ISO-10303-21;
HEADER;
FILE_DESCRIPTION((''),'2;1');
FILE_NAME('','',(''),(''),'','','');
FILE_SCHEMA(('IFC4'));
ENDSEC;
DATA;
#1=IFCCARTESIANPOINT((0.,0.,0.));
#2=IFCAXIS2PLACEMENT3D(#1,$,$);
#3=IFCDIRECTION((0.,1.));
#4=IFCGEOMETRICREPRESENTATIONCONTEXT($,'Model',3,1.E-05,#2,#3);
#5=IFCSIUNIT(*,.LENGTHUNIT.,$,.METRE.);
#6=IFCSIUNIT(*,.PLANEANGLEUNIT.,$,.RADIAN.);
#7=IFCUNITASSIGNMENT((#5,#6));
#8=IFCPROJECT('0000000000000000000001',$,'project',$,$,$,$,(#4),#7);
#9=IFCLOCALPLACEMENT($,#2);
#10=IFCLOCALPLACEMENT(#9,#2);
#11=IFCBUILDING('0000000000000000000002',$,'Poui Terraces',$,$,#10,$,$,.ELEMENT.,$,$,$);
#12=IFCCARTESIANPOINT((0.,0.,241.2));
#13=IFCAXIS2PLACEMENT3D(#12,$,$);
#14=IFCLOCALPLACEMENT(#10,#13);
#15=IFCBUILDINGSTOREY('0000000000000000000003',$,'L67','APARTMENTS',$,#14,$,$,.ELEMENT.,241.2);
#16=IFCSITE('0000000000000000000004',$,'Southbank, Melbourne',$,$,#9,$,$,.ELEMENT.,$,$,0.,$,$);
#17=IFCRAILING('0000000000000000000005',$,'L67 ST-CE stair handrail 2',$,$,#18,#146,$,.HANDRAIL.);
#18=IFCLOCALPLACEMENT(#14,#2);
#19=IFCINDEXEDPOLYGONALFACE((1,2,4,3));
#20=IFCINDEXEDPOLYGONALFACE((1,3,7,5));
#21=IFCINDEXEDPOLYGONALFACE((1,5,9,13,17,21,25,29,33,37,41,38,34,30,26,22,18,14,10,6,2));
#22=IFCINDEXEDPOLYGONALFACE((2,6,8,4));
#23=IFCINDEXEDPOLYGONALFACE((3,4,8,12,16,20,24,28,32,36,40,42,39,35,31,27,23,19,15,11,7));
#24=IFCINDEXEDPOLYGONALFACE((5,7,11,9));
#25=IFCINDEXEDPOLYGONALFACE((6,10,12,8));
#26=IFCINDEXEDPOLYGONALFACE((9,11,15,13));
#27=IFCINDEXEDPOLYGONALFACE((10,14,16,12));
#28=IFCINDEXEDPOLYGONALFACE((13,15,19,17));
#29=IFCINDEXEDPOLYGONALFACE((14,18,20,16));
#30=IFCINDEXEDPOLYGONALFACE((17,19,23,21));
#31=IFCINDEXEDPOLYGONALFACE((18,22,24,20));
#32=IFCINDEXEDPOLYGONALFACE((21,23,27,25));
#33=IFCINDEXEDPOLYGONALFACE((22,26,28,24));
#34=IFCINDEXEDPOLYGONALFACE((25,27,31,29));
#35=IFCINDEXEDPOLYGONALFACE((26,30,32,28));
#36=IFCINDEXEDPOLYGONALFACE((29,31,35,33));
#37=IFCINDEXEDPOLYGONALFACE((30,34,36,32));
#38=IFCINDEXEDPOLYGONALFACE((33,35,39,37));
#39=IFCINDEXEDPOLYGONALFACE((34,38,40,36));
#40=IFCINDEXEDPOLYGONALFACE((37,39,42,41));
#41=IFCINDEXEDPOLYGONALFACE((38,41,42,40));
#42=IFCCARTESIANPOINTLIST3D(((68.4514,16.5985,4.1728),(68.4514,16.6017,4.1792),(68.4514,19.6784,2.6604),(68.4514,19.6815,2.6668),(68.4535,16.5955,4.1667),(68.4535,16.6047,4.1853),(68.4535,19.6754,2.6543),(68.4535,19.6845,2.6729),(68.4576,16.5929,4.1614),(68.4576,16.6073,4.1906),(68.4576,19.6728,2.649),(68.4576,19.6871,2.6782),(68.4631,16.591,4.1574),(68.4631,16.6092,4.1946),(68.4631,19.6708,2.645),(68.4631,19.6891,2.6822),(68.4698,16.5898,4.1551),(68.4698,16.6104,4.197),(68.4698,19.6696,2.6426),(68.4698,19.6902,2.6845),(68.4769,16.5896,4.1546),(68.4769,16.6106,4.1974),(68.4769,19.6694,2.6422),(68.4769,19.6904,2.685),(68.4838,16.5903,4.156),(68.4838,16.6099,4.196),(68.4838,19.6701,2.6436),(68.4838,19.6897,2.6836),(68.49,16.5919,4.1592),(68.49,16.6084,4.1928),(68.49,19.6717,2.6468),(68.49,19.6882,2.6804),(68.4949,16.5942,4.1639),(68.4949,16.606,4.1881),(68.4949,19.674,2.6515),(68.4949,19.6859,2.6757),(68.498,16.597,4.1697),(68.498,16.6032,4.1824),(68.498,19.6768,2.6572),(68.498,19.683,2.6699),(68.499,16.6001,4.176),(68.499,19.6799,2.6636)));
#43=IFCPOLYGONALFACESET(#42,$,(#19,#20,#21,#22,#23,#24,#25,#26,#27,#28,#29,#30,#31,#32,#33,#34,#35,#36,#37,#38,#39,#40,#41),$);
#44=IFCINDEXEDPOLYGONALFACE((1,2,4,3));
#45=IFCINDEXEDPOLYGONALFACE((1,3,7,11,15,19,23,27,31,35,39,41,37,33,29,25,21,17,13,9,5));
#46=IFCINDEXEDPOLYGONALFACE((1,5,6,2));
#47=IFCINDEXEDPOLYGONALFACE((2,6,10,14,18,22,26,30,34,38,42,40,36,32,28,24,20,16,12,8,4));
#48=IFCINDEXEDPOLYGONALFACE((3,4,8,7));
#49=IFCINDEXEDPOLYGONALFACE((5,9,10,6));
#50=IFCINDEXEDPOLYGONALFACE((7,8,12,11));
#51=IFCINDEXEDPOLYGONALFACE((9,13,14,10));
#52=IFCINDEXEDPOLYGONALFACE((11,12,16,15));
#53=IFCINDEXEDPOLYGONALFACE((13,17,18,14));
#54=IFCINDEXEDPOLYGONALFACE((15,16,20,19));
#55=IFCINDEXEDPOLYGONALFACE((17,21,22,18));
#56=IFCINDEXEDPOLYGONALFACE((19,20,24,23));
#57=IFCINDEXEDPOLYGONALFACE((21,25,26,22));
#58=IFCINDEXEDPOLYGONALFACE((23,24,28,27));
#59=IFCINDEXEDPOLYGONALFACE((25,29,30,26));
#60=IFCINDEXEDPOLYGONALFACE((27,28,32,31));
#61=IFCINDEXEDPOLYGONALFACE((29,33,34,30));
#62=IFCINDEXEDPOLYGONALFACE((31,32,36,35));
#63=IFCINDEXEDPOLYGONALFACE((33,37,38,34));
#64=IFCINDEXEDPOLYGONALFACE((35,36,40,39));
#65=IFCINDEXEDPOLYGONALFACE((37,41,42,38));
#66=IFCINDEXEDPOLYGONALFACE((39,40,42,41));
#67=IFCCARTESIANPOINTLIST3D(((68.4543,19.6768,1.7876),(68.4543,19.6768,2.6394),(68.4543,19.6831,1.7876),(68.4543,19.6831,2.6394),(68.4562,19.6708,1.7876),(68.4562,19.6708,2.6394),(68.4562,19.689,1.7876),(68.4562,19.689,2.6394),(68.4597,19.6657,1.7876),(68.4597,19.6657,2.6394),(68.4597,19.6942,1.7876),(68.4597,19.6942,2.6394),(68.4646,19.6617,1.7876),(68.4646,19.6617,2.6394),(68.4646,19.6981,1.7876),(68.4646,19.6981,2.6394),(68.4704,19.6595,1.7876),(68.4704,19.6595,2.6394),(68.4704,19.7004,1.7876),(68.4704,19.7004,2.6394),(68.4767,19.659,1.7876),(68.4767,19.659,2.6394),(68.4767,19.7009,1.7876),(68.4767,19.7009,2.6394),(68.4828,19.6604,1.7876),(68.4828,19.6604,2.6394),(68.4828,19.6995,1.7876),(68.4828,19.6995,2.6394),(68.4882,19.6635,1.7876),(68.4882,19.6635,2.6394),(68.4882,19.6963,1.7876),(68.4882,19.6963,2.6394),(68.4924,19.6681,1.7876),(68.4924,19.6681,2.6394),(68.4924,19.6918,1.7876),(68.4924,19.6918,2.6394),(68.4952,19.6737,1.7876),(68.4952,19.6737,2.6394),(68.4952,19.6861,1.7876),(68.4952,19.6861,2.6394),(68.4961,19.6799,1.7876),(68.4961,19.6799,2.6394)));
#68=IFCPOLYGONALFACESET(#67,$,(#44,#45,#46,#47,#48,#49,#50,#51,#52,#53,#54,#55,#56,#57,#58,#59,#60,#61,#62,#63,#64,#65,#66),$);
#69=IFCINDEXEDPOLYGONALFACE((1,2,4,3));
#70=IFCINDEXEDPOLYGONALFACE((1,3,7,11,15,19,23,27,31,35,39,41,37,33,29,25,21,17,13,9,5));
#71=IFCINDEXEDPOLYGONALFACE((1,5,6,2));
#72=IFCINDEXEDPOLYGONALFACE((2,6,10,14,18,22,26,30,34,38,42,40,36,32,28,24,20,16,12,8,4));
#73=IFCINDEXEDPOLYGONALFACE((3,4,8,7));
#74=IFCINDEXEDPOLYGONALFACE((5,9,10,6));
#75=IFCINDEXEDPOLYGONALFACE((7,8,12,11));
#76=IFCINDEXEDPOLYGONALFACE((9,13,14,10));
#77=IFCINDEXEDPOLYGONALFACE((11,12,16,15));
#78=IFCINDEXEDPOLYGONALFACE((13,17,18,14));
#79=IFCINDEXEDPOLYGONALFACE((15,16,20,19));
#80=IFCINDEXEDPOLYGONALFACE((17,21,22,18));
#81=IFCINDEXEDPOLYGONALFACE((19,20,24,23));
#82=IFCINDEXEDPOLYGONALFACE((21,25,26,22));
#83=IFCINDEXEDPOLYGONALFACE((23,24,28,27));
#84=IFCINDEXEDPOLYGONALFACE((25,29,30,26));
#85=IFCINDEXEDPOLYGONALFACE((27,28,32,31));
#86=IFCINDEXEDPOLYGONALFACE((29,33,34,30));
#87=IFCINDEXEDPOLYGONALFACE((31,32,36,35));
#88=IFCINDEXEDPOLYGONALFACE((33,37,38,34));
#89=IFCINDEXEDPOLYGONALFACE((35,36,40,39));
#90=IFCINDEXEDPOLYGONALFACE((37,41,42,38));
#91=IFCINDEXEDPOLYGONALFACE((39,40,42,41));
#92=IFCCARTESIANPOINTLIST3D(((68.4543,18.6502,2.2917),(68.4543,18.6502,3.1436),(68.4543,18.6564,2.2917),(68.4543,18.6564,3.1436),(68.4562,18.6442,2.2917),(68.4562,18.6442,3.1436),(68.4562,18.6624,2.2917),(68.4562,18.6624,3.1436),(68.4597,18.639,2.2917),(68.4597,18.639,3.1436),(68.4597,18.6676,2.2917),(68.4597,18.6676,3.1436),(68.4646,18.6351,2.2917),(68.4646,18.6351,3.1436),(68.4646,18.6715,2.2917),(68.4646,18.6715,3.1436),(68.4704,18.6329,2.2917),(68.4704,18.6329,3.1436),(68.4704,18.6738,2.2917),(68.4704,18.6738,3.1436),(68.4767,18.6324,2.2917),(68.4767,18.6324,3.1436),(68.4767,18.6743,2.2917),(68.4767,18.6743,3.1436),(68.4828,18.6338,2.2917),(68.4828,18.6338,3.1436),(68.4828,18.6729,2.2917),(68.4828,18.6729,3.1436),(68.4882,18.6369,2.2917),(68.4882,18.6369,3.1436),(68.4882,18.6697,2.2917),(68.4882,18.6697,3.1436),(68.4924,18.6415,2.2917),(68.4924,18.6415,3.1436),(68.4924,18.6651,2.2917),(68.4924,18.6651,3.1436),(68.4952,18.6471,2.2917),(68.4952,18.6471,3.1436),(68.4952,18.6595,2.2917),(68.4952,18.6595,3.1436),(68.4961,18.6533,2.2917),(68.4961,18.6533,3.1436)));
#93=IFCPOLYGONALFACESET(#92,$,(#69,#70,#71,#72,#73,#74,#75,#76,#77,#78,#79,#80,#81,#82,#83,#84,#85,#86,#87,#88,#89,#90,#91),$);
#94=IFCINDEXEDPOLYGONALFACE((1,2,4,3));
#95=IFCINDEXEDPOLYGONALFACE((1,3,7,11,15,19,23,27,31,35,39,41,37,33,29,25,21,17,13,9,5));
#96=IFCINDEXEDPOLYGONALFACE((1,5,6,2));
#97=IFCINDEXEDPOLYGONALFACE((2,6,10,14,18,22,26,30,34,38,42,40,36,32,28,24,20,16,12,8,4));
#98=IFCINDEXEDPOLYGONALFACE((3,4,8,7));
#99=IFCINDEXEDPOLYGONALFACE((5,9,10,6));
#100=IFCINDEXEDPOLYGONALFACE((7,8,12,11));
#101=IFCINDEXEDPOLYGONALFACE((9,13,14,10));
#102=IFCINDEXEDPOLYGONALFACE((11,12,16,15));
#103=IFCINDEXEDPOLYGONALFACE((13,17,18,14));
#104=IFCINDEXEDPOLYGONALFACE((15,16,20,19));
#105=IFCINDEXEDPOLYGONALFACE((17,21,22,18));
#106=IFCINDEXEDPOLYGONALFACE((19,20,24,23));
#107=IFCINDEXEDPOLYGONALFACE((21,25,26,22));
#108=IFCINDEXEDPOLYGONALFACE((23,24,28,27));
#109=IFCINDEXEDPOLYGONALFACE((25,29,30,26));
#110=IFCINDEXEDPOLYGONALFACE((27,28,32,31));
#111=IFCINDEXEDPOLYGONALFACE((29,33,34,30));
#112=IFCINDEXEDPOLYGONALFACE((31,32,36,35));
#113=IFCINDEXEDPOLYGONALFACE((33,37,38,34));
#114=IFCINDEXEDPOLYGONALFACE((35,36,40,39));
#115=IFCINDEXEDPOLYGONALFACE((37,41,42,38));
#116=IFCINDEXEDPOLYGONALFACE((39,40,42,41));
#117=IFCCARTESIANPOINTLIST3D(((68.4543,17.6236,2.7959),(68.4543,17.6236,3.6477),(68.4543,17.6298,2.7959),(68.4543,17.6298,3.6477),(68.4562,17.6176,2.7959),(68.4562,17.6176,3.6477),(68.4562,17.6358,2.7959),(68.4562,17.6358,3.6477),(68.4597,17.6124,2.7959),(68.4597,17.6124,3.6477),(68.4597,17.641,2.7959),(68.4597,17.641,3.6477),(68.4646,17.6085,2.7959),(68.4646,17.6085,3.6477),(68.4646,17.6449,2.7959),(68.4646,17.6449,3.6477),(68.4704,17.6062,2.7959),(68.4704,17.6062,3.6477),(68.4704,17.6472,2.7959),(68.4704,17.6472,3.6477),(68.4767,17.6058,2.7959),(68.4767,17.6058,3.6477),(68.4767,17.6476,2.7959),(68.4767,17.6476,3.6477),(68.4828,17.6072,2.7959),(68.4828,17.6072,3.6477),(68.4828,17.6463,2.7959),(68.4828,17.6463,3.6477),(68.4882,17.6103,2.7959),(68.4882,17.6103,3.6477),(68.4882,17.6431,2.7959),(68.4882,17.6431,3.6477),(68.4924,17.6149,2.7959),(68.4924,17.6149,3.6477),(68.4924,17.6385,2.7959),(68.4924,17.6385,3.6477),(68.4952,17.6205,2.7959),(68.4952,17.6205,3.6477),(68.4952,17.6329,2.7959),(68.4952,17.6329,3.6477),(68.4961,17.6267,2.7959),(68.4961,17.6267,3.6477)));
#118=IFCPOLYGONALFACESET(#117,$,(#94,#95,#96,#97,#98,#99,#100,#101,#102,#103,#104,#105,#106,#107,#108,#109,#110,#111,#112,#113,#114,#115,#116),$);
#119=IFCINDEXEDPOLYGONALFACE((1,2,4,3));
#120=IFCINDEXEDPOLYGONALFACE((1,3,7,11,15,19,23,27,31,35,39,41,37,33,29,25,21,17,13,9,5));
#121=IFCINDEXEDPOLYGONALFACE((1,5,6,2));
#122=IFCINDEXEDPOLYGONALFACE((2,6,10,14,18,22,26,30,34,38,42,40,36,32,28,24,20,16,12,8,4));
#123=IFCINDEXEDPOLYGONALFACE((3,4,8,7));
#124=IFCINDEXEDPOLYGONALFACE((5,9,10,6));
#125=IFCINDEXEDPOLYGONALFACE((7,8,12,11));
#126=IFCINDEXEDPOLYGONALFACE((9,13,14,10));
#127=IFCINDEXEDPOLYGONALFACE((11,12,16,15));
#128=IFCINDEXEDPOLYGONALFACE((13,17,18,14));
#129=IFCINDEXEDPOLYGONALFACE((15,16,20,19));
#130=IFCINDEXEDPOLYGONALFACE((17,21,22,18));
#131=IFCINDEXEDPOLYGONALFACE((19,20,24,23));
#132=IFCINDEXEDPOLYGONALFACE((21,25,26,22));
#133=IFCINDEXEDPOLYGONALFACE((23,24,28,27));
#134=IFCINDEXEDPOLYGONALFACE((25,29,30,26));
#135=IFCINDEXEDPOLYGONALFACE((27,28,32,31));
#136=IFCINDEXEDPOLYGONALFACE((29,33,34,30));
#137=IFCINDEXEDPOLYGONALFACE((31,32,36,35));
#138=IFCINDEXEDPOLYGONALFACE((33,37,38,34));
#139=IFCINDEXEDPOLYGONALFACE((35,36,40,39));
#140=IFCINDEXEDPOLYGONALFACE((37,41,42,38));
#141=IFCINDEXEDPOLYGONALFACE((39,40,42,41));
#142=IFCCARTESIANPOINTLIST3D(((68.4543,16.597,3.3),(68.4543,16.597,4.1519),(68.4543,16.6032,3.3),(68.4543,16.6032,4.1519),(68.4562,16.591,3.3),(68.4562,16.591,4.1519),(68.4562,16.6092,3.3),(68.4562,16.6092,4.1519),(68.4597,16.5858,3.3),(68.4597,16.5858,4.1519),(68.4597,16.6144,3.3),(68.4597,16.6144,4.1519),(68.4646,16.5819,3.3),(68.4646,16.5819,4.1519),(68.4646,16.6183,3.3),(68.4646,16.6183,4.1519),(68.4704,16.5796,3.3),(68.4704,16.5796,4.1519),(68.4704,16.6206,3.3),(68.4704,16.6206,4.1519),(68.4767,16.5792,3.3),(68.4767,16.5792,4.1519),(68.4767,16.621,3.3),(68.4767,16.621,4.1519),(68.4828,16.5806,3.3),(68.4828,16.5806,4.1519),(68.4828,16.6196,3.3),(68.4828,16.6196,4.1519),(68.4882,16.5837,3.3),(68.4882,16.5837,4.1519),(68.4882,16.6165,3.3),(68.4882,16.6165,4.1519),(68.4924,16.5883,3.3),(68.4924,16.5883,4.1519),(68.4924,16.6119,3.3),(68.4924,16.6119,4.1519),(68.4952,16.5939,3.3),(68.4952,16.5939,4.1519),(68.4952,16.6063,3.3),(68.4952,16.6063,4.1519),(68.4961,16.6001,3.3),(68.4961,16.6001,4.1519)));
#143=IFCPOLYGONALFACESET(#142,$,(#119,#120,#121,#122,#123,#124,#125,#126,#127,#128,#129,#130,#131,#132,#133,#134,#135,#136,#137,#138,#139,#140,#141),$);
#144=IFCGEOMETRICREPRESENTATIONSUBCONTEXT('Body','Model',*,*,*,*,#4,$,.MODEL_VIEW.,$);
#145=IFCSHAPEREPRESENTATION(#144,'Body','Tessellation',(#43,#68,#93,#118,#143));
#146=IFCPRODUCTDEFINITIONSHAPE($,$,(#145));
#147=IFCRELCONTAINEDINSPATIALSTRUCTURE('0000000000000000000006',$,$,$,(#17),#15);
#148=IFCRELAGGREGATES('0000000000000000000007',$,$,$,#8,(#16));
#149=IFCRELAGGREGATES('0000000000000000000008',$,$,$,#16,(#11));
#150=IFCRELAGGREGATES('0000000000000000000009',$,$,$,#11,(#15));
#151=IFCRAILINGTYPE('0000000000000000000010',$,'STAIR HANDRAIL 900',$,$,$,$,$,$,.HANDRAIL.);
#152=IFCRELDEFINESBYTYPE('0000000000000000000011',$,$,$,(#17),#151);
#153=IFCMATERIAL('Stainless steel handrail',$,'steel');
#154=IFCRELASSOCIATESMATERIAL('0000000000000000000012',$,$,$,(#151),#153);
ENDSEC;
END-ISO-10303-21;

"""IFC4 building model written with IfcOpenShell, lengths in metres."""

from ifc_helpers import new_model, si_unit, direction, frame, origin, origin_2d, place, context, subcontext, project, spatial, circle, extrude, material, type_object, element, save


model = new_model("IFC4")

# Units and contexts
model_context = context("Model", 3, precision=1e-05, world=origin(), true_north=direction((0.0, 1.0)))
body_context = subcontext(model_context, "Body", "Model", "MODEL_VIEW")
ifc_project = project(units=[si_unit("LENGTHUNIT", "METRE"), si_unit("PLANEANGLEUNIT", "RADIAN")], contexts=[model_context])

# Site, building, storey
site_placement = place(None, origin())
site = spatial("IfcSite", under=ifc_project, at=site_placement, Name="Southbank, Melbourne", CompositionType="ELEMENT", RefElevation=0.0)
building_placement = place(site_placement, origin())
building = spatial("IfcBuilding", under=site, at=building_placement, Name="Poui Terraces", CompositionType="ELEMENT")
storey_placement = place(building_placement, frame((0.0, 0.0, 241.2)))
storey = spatial("IfcBuildingStorey", under=building, at=storey_placement, Name="L67", Description="APARTMENTS", CompositionType="ELEMENT", Elevation=241.2)

# Railing
ifc_material_1 = material(Name="Stainless steel handrail", Category="steel")
railing_type_1 = type_object("IfcRailingType", Name="STAIR HANDRAIL 900", PredefinedType="HANDRAIL", material=ifc_material_1)
railing_1_placement = place(storey_placement, frame((68.4751, 19.6799, 1.7876)))
element("IfcRailing", 1, at=railing_1_placement, inside=storey, type_object=railing_type_1, Name="L67 ST-CE stair handrail 2", PredefinedType="HANDRAIL", context=body_context, shape_type="SweptSolid", body=[
    extrude(circle(Radius=0.0239, at=origin_2d()), frame((0.0, 0.0, 0.876), z_axis=(0.0, -0.897606, 0.440798), x_axis=(1.0, 0.0, 0.0)), (0.0, 0.0, 1.0), 3.4312),
    extrude(circle(Radius=0.021, at=origin_2d()), origin(), (0.0, 0.0, 1.0), 0.8518),
    extrude(circle(Radius=0.021, at=origin_2d()), frame((0.0, -1.0266, 0.5042)), (0.0, 0.0, 1.0), 0.8518),
    extrude(circle(Radius=0.021, at=origin_2d()), frame((0.0, -2.0532, 1.0083)), (0.0, 0.0, 1.0), 0.8518),
    extrude(circle(Radius=0.021, at=origin_2d()), frame((0.0, -3.0798, 1.5125)), (0.0, 0.0, 1.0), 0.8518),
])

save(model, "model.ifc")
